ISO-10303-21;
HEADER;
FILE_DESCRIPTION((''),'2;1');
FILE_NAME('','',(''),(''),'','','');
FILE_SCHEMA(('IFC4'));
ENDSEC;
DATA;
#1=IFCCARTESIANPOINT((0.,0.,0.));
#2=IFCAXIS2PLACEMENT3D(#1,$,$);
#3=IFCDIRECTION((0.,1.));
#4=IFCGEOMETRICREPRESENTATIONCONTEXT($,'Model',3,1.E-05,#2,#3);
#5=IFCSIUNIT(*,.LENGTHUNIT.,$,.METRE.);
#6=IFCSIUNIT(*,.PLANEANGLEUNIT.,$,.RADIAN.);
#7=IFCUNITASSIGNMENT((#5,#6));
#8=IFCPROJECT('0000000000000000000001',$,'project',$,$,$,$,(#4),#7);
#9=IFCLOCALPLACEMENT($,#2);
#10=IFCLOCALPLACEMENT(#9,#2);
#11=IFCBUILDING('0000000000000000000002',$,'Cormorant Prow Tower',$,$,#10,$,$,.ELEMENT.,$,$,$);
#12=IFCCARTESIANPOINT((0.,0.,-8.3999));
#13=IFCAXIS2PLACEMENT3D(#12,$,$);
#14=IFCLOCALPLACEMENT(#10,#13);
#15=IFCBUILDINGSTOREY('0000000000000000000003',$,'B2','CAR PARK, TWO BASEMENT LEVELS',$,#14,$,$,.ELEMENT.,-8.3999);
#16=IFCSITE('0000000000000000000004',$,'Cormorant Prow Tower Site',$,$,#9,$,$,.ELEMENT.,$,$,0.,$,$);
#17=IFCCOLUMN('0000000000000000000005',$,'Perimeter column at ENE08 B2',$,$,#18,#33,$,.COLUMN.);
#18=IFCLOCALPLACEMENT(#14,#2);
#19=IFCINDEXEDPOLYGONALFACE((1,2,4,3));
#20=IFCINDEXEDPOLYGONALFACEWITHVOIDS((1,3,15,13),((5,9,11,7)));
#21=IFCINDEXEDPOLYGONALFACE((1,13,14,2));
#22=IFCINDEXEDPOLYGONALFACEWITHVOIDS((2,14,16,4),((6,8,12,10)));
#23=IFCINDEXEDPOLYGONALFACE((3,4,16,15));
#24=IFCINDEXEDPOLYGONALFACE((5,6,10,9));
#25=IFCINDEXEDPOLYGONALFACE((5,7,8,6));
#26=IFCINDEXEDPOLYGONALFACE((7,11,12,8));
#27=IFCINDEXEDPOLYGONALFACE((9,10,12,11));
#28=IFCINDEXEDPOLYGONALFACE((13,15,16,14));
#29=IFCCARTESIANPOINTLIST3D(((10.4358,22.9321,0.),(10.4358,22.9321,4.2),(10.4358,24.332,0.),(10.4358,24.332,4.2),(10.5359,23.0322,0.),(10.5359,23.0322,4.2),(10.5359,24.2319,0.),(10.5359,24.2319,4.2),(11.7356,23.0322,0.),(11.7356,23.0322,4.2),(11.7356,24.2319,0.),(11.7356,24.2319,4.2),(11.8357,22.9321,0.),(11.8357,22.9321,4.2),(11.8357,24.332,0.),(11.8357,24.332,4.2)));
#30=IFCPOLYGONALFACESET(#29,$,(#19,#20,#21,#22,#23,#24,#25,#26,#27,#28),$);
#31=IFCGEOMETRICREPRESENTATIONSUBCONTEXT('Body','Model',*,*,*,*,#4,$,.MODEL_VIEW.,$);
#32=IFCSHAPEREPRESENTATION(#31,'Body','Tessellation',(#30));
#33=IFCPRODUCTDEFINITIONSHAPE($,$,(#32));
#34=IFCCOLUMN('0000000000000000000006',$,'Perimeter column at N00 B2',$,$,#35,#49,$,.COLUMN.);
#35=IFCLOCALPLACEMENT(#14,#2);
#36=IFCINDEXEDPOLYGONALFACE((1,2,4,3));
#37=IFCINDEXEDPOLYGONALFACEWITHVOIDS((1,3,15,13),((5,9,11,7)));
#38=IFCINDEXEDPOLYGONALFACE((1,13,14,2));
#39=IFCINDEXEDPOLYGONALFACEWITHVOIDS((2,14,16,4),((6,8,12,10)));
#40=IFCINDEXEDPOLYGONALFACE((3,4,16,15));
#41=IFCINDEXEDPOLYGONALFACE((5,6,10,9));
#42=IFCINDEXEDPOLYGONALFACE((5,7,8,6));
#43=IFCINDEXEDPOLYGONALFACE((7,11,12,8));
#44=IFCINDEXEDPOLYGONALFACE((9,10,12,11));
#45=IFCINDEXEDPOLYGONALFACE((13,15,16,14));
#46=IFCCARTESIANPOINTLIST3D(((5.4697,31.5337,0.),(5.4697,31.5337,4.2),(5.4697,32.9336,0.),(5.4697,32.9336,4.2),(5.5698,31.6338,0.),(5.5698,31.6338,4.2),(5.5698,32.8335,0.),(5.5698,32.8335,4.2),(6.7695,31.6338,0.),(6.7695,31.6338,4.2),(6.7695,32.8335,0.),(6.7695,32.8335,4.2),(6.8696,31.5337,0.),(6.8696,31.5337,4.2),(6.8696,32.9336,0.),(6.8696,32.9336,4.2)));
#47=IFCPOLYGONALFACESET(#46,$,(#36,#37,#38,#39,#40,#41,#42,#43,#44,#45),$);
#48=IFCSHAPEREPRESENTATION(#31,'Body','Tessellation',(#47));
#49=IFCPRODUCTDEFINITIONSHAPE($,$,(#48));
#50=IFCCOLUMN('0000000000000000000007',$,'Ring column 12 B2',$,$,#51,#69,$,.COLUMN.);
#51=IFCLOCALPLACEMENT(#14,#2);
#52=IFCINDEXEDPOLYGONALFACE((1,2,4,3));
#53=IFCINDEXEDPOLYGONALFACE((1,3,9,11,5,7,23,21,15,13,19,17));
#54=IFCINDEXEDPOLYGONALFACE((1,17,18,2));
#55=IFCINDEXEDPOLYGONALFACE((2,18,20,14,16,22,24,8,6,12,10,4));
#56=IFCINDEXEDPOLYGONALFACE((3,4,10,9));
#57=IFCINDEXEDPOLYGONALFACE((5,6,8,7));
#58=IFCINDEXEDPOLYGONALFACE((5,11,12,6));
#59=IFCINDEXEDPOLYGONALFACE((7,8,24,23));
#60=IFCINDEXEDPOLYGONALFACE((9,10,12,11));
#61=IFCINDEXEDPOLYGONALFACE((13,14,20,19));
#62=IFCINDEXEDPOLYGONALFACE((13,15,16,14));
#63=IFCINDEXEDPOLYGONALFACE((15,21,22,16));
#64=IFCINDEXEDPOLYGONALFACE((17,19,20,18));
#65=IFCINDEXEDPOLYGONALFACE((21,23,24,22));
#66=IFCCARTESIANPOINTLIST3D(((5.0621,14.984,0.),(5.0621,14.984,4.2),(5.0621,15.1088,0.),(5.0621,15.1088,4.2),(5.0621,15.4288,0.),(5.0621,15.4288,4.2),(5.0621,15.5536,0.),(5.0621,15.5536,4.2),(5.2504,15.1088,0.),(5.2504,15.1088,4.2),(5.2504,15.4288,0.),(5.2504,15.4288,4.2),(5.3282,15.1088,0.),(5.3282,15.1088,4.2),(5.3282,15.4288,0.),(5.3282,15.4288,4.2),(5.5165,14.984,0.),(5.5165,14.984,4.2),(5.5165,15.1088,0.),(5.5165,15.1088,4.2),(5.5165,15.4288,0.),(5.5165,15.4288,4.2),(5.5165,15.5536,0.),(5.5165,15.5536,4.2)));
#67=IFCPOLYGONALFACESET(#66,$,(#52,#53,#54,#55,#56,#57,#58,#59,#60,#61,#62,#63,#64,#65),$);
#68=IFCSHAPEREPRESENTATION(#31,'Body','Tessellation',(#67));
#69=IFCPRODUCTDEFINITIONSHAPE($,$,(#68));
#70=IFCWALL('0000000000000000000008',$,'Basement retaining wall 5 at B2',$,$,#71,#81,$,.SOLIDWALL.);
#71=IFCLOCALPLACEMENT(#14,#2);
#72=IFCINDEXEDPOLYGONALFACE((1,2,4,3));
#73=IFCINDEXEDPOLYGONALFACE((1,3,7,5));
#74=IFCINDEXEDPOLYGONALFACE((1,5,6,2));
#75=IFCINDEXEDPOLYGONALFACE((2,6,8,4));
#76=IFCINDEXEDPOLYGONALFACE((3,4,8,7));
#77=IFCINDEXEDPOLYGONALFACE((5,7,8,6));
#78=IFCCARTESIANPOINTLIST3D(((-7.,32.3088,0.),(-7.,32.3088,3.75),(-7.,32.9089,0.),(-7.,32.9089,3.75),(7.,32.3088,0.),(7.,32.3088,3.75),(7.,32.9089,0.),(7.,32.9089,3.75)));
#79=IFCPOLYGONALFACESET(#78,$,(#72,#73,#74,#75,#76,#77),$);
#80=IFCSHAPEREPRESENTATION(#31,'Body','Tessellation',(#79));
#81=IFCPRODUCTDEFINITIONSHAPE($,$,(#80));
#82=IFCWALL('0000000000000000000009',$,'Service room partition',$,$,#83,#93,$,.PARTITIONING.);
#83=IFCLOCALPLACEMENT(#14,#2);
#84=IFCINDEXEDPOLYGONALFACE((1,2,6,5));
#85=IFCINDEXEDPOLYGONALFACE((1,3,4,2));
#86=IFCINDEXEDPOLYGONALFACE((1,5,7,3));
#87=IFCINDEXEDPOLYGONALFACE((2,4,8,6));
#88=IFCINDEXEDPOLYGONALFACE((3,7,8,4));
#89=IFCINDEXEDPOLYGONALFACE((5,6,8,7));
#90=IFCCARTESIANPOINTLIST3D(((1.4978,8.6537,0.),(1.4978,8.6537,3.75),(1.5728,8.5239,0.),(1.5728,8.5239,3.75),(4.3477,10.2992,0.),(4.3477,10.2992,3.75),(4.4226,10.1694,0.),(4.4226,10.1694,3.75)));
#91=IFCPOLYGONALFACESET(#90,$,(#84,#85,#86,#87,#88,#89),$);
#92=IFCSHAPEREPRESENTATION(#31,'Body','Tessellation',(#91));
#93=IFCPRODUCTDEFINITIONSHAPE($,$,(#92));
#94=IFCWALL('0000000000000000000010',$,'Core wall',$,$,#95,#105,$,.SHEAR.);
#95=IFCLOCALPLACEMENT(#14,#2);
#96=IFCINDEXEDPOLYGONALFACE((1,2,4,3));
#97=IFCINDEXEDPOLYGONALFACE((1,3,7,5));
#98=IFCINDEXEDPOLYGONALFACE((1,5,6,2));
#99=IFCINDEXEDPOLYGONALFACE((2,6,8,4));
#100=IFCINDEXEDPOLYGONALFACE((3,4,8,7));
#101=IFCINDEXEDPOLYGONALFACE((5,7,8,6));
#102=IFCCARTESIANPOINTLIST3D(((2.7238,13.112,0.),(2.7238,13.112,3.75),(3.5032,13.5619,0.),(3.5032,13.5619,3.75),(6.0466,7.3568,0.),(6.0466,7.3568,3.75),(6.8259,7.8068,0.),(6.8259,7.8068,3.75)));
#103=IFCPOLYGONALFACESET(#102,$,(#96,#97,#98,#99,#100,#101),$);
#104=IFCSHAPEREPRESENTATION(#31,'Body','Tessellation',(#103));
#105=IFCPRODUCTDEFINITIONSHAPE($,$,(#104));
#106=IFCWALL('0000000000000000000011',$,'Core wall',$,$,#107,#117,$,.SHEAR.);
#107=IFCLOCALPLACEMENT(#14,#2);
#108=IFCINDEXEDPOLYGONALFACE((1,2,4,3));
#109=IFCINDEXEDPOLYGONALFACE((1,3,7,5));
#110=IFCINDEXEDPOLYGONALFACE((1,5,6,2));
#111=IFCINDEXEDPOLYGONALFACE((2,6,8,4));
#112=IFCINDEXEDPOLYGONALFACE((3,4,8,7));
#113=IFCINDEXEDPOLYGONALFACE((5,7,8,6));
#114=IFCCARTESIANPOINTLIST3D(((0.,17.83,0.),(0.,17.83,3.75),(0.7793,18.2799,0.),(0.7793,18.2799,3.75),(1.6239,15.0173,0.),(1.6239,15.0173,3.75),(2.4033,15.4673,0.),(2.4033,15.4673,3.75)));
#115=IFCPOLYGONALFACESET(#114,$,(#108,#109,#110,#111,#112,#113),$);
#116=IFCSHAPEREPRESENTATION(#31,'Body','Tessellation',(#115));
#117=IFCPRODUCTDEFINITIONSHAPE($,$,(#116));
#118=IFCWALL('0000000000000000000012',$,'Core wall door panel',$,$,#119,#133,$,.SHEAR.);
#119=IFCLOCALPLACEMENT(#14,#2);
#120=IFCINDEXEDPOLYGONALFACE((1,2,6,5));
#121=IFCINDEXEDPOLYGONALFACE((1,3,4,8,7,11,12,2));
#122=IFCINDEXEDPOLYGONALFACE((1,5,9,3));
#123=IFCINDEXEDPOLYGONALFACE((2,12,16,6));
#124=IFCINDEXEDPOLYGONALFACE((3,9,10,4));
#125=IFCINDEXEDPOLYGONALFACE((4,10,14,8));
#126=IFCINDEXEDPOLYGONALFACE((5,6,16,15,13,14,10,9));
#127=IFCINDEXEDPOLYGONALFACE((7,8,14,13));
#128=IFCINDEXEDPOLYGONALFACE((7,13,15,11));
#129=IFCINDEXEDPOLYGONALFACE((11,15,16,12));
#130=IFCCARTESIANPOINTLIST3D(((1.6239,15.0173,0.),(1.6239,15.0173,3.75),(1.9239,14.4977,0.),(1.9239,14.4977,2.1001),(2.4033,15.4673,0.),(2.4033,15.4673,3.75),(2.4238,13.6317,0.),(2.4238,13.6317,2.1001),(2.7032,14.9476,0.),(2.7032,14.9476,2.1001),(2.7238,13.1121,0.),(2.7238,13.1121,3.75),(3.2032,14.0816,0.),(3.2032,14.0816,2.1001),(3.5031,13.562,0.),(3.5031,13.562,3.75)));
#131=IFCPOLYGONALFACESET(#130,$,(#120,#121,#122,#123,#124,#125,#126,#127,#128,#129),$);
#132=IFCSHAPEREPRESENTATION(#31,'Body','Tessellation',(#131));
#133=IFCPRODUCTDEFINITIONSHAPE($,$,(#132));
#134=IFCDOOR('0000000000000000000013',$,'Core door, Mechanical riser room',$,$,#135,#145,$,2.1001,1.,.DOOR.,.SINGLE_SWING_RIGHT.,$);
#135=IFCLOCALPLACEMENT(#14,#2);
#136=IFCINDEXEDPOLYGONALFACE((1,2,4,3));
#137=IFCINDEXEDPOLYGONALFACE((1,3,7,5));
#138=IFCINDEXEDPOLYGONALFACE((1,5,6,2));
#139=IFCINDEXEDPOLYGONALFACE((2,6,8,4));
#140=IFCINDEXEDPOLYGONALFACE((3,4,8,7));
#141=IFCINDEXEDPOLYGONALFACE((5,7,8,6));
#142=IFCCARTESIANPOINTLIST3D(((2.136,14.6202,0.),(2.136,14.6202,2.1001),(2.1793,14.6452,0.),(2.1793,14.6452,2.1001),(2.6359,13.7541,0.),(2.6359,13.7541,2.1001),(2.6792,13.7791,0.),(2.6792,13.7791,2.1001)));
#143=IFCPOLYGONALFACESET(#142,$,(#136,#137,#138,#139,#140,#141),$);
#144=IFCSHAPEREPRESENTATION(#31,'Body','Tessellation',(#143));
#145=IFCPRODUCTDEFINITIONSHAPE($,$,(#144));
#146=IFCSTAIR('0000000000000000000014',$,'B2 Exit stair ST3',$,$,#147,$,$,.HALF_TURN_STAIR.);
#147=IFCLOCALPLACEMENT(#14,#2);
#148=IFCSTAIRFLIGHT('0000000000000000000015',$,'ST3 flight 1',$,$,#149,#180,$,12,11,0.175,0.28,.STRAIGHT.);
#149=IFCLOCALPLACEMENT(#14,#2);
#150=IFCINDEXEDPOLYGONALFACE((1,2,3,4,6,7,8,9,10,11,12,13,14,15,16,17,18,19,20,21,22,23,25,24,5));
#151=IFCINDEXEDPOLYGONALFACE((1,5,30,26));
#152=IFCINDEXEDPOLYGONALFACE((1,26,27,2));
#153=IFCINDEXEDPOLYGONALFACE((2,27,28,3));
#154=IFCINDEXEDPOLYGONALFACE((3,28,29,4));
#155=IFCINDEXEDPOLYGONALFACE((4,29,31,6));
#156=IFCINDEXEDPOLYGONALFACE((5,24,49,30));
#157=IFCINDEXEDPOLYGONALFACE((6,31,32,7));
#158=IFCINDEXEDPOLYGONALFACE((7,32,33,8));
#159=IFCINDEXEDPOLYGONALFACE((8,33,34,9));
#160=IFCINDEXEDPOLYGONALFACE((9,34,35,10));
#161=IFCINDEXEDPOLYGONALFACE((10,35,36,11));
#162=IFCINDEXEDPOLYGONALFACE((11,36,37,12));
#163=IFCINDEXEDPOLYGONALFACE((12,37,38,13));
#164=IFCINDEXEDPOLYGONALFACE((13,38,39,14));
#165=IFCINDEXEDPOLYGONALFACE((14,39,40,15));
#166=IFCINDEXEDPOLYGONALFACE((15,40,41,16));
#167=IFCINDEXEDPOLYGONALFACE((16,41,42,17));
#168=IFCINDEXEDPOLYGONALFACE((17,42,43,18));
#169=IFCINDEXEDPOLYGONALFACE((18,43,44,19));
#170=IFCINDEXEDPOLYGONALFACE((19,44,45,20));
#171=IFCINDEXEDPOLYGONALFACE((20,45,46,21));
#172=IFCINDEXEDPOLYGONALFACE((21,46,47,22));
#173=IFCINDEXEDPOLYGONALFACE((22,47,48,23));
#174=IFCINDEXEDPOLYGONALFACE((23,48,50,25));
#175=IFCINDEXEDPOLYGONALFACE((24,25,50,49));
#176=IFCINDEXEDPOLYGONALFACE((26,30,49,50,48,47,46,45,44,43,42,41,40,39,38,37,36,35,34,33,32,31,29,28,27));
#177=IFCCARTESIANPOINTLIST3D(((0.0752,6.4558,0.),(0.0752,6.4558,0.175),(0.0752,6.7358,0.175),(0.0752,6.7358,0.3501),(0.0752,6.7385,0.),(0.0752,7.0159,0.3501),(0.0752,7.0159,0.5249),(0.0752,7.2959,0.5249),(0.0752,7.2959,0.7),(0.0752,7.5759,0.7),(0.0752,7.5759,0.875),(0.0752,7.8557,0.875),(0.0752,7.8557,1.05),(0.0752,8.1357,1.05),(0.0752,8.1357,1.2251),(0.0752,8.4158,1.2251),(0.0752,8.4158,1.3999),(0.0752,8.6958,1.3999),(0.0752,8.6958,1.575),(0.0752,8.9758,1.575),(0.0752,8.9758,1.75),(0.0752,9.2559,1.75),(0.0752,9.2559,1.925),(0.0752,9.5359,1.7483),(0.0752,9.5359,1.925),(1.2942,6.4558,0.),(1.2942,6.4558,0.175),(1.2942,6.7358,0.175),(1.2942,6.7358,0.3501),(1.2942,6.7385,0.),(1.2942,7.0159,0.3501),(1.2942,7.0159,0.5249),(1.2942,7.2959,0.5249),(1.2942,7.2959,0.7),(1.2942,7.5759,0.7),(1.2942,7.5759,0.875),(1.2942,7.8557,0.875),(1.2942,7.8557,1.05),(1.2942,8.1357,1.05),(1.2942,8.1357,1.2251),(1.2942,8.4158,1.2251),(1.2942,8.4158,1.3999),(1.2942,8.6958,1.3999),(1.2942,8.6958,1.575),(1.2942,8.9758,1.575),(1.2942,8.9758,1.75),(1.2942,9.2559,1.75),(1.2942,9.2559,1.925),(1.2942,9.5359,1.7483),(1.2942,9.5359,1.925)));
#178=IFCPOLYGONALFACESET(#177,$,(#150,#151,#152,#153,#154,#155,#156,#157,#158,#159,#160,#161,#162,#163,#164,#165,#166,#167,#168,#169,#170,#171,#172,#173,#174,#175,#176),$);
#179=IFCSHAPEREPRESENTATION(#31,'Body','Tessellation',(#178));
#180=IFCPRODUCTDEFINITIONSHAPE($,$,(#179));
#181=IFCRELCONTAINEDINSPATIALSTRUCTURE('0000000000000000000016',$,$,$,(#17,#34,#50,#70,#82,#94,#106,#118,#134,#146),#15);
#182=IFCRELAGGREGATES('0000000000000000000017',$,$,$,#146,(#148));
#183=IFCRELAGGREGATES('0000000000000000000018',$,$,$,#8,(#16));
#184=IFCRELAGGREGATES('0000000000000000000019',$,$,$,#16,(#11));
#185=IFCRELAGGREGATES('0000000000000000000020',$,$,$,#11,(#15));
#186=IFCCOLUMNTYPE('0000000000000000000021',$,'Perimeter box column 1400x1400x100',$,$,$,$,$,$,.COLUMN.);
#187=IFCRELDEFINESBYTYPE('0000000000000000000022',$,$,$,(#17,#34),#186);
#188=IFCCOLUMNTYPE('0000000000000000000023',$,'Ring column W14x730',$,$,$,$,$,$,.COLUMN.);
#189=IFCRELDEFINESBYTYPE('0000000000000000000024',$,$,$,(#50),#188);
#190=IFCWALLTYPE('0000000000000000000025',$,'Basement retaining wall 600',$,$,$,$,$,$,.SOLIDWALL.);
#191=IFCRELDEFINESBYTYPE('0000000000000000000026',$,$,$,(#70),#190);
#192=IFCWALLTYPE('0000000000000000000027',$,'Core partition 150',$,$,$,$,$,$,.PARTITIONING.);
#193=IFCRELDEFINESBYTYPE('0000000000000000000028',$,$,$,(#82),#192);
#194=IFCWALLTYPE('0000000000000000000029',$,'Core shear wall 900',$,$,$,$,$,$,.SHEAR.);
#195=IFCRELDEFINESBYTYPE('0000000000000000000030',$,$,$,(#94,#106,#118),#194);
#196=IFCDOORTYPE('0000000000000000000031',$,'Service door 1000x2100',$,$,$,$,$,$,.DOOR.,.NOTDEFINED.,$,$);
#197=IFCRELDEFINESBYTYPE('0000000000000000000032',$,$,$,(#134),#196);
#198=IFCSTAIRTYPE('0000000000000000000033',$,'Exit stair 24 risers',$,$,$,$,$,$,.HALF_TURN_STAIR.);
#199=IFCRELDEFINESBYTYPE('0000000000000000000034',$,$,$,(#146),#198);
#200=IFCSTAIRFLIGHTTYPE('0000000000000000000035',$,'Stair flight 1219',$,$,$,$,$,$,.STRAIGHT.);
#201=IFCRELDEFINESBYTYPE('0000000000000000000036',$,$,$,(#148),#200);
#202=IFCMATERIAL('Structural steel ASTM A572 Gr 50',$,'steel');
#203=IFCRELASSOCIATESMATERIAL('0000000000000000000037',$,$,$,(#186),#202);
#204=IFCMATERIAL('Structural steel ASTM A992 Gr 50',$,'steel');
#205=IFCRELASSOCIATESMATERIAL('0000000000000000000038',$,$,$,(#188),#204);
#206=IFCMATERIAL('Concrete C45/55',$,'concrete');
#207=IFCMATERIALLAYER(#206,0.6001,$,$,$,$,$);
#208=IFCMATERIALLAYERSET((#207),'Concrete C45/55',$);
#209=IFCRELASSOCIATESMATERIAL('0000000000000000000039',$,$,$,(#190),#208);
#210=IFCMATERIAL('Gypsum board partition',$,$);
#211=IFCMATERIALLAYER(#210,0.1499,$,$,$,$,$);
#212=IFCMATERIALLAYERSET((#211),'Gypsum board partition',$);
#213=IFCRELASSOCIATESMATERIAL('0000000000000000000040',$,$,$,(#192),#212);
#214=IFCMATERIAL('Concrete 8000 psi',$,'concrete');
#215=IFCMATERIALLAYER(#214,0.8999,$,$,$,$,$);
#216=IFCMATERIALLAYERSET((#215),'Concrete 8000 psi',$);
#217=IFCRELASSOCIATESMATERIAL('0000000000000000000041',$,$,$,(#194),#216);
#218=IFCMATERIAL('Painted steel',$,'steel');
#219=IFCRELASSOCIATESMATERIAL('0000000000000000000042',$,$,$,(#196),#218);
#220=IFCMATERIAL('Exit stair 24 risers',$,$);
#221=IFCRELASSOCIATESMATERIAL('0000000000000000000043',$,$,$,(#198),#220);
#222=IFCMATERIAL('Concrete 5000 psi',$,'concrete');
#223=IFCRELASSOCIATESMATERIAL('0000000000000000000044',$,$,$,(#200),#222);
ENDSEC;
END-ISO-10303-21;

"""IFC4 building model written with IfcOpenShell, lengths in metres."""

from ifc_helpers import new_model, si_unit, direction, frame, frame_2d, origin, origin_2d, place, context, subcontext, project, spatial, polyline, rectangle, hollow_rectangle, i_section, outline, extrude, material, layer, layer_set, material_profile, profile_set, type_object, element, fill, aggregate, save


model = new_model("IFC4")

# Units and contexts
model_context = context("Model", 3, precision=1e-05, world=origin(), true_north=direction((0.0, 1.0)))
body_context = subcontext(model_context, "Body", "Model", "MODEL_VIEW")
ifc_project = project(units=[si_unit("LENGTHUNIT", "METRE"), si_unit("PLANEANGLEUNIT", "RADIAN")], contexts=[model_context])

# Site, building, storey
site_placement = place(None, origin())
site = spatial("IfcSite", under=ifc_project, at=site_placement, Name="Cormorant Prow Tower Site", CompositionType="ELEMENT", RefElevation=0.0)
building_placement = place(site_placement, origin())
building = spatial("IfcBuilding", under=site, at=building_placement, Name="Cormorant Prow Tower", CompositionType="ELEMENT")
storey_placement = place(building_placement, frame((0.0, 0.0, -8.3999)))
storey = spatial("IfcBuildingStorey", under=building, at=storey_placement, Name="B2", Description="CAR PARK, TWO BASEMENT LEVELS", CompositionType="ELEMENT", Elevation=-8.3999)

# Columns
ifc_material_1 = material(Name="Structural steel ASTM A572 Gr 50", Category="steel")
ifc_material_profile_1 = material_profile(ifc_material_1, hollow_rectangle(XDim=1.3999, YDim=1.3999, WallThickness=0.1001, at=origin_2d()), Name="Box 1400x1400x100")
ifc_profile_set_1 = profile_set([ifc_material_profile_1], Name="Structural steel ASTM A572 Gr 50")
column_type_1 = type_object("IfcColumnType", Name="Perimeter box column 1400x1400x100", PredefinedType="COLUMN", material=ifc_profile_set_1)
for number, where, z_axis, x_axis, name in (
    (1, (11.1357, 23.6321, 0.0), (0.0, 0.0, 1.0), (1.0, 0.0, 0.0), "Perimeter column at ENE08 B2"),
    (2, (6.1697, 32.2336, 0.0), (0.0, 0.0, 1.0), (1.0, 0.0, 0.0), "Perimeter column at N00 B2"),
):
    element("IfcColumn", number, at=place(storey_placement, frame(where, z_axis=z_axis, x_axis=x_axis)), inside=storey, type_object=column_type_1, Name=name, PredefinedType="COLUMN", context=body_context, shape_type="SweptSolid", body=[
        extrude(hollow_rectangle(XDim=1.3999, YDim=1.3999, WallThickness=0.1001, at=origin_2d()), origin(), (0.0, 0.0, 1.0), 4.2),
    ])
ifc_material_2 = material(Name="Structural steel ASTM A992 Gr 50", Category="steel")
ifc_material_profile_2 = material_profile(ifc_material_2, i_section(OverallWidth=0.4543, OverallDepth=0.5696, WebThickness=0.0779, FlangeThickness=0.1248, at=origin_2d()), Name="W14x730")
ifc_profile_set_2 = profile_set([ifc_material_profile_2], Name="Structural steel ASTM A992 Gr 50")
column_type_2 = type_object("IfcColumnType", Name="Ring column W14x730", PredefinedType="COLUMN", material=ifc_profile_set_2)
column_placement = place(storey_placement, frame((5.2893, 15.2688, 0.0), z_axis=(0.0, 0.0, 1.0), x_axis=(1.0, 0.0, 0.0)))
element("IfcColumn", 3, at=column_placement, inside=storey, type_object=column_type_2, Name="Ring column 12 B2", PredefinedType="COLUMN", context=body_context, shape_type="SweptSolid", body=[
    extrude(i_section(OverallWidth=0.4543, OverallDepth=0.5696, WebThickness=0.0779, FlangeThickness=0.1248, at=origin_2d()), origin(), (0.0, 0.0, 1.0), 4.2),
])

# Walls
ifc_material_3 = material(Name="Concrete C45/55", Category="concrete")
ifc_layer_1 = layer(ifc_material_3, 0.6001)
ifc_layer_set_1 = layer_set([ifc_layer_1], Name="Concrete C45/55")
wall_type_1 = type_object("IfcWallType", Name="Basement retaining wall 600", PredefinedType="SOLIDWALL", material=ifc_layer_set_1)
wall_1_placement = place(storey_placement, frame((7.0, 32.6089, 0.0), z_axis=(0.0, 0.0, 1.0), x_axis=(-1.0, 0.0, 0.0)))
element("IfcWall", 4, at=wall_1_placement, inside=storey, type_object=wall_type_1, Name="Basement retaining wall 5 at B2", PredefinedType="SOLIDWALL", context=body_context, shape_type="SweptSolid", body=[
    extrude(rectangle(XDim=14.0, YDim=0.6001, at=frame_2d((7.0, 0.0))), origin(), (0.0, 0.0, 1.0), 3.75),
])
ifc_material_4 = material(Name="Gypsum board partition")
ifc_layer_2 = layer(ifc_material_4, 0.1499)
ifc_layer_set_2 = layer_set([ifc_layer_2], Name="Gypsum board partition")
wall_type_2 = type_object("IfcWallType", Name="Core partition 150", PredefinedType="PARTITIONING", material=ifc_layer_set_2)
wall_2_placement = place(storey_placement, frame((4.3853, 10.2344, 0.0), z_axis=(0.0, 0.0, 1.0), x_axis=(-0.866006, -0.500033, 0.0)))
element("IfcWall", 5, at=wall_2_placement, inside=storey, type_object=wall_type_2, Name="Service room partition", PredefinedType="PARTITIONING", context=body_context, shape_type="SweptSolid", body=[
    extrude(rectangle(XDim=3.2908, YDim=0.1499, at=frame_2d((1.6455, 0.0))), origin(), (0.0, 0.0, 1.0), 3.75),
])
ifc_material_5 = material(Name="Concrete 8000 psi", Category="concrete")
ifc_layer_3 = layer(ifc_material_5, 0.8999)
ifc_layer_set_3 = layer_set([ifc_layer_3], Name="Concrete 8000 psi")
wall_type_3 = type_object("IfcWallType", Name="Core shear wall 900", PredefinedType="SHEAR", material=ifc_layer_set_3)
wall_3_placement = place(storey_placement, frame((6.4363, 7.5818, 0.0), z_axis=(0.0, 0.0, 1.0), x_axis=(-0.500003, 0.866023, 0.0)))
element("IfcWall", 6, at=wall_3_placement, inside=storey, type_object=wall_type_3, Name="Core wall", PredefinedType="SHEAR", context=body_context, shape_type="SweptSolid", body=[
    extrude(rectangle(XDim=6.6455, YDim=0.8999, at=frame_2d((3.3228, 0.0))), origin(), (0.0, 0.0, 1.0), 3.75),
])
wall_4_placement = place(storey_placement, frame((2.0137, 15.2422, 0.0), z_axis=(0.0, 0.0, 1.0), x_axis=(-0.50002, 0.866014, 0.0)))
element("IfcWall", 7, at=wall_4_placement, inside=storey, type_object=wall_type_3, Name="Core wall", PredefinedType="SHEAR", context=body_context, shape_type="SweptSolid", body=[
    extrude(rectangle(XDim=3.2478, YDim=0.8999, at=frame_2d((1.624, 0.0))), origin(), (0.0, 0.0, 1.0), 3.75),
])

# Wall, opening, door
wall_5_placement = place(storey_placement, frame((3.1135, 13.3369, 0.0), z_axis=(0.0, 0.0, 1.0), x_axis=(-0.499947, 0.866056, 0.0)))
wall_5 = element("IfcWall", 8, at=wall_5_placement, inside=storey, type_object=wall_type_3, Name="Core wall door panel", PredefinedType="SHEAR", context=body_context, shape_type="SweptSolid", body=[
    extrude(rectangle(XDim=2.2, YDim=0.8999, at=frame_2d((1.1001, 0.0))), origin(), (0.0, 0.0, 1.0), 3.75),
])
opening_placement = place(wall_5_placement, frame((0.6001, 0.0, 0.0)))
opening = element("IfcOpeningElement", 9, at=opening_placement, cuts=wall_5, PredefinedType="OPENING", context=body_context, shape_type="SweptSolid", body=[
    extrude(rectangle(XDim=1.0, YDim=2.1001, at=frame_2d((0.5, 1.05))), frame((0.0, 0.46, 0.0), z_axis=(0.0, -1.0, 0.0), x_axis=(1.0, 0.0, 0.0)), (0.0, 0.0, 1.0), 0.9199),
])
ifc_material_6 = material(Name="Painted steel", Category="steel")
door_type = type_object("IfcDoorType", Name="Service door 1000x2100", OperationType="NOTDEFINED", PredefinedType="DOOR", material=ifc_material_6)
door_placement = place(opening_placement, origin())
door = element("IfcDoor", 10, at=door_placement, inside=storey, type_object=door_type, Name="Core door, Mechanical riser room", OperationType="SINGLE_SWING_RIGHT", OverallHeight=2.1001, OverallWidth=1.0, PredefinedType="DOOR", context=body_context, shape_type="SweptSolid", body=[
    extrude(rectangle(XDim=1.0, YDim=2.1001, at=frame_2d((0.5, 1.05))), frame((0.0, 0.2051, 0.0), z_axis=(0.0, -1.0, 0.0), x_axis=(1.0, 0.0, 0.0)), (0.0, 0.0, 1.0), 0.05),
])
fill(opening, door)

# Stair, stair flight
ifc_material_7 = material(Name="Exit stair 24 risers")
stair_type = type_object("IfcStairType", Name="Exit stair 24 risers", PredefinedType="HALF_TURN_STAIR", material=ifc_material_7)
stair_placement = place(storey_placement, origin())
stair = element("IfcStair", 11, at=stair_placement, inside=storey, type_object=stair_type, Name="B2 Exit stair ST3", PredefinedType="HALF_TURN_STAIR")
ifc_material_8 = material(Name="Concrete 5000 psi", Category="concrete")
stair_flight_type = type_object("IfcStairFlightType", Name="Stair flight 1219", PredefinedType="STRAIGHT", material=ifc_material_8)
stair_flight_placement = place(storey_placement, frame((0.6846, 6.4558, 0.0), z_axis=(0.0, 0.0, 1.0), x_axis=(0.0, 1.0, 0.0)))
stair_flight = element("IfcStairFlight", 12, at=stair_flight_placement, type_object=stair_flight_type, Name="ST3 flight 1", NumberOfRisers=12, NumberOfTreads=11, PredefinedType="STRAIGHT", RiserHeight=0.175, TreadLength=0.28, context=body_context, shape_type="SweptSolid", body=[
    extrude(outline(polyline([(0.0, 0.0), (0.0, 0.175), (0.28, 0.175), (0.28, 0.3501), (0.5601, 0.3501), (0.5601, 0.5249), (0.8401, 0.5249), (0.8401, 0.7), (1.1201, 0.7), (1.1201, 0.875), (1.3999, 0.875), (1.3999, 1.05), (1.6799, 1.05), (1.6799, 1.2251), (1.96, 1.2251), (1.96, 1.3999), (2.24, 1.3999), (2.24, 1.575), (2.52, 1.575), (2.52, 1.75), (2.8, 1.75), (2.8, 1.925), (3.0801, 1.925), (3.0801, 2.1001), (3.0801, 1.7483), (0.2827, 0.0), (0.0, 0.0)])), frame((0.0, 0.6094, 0.0), z_axis=(0.0, -1.0, 0.0), x_axis=(1.0, 0.0, 0.0)), (0.0, 0.0, 1.0), 1.219),
])
aggregate(stair, [stair_flight])

save(model, "model.ifc")
